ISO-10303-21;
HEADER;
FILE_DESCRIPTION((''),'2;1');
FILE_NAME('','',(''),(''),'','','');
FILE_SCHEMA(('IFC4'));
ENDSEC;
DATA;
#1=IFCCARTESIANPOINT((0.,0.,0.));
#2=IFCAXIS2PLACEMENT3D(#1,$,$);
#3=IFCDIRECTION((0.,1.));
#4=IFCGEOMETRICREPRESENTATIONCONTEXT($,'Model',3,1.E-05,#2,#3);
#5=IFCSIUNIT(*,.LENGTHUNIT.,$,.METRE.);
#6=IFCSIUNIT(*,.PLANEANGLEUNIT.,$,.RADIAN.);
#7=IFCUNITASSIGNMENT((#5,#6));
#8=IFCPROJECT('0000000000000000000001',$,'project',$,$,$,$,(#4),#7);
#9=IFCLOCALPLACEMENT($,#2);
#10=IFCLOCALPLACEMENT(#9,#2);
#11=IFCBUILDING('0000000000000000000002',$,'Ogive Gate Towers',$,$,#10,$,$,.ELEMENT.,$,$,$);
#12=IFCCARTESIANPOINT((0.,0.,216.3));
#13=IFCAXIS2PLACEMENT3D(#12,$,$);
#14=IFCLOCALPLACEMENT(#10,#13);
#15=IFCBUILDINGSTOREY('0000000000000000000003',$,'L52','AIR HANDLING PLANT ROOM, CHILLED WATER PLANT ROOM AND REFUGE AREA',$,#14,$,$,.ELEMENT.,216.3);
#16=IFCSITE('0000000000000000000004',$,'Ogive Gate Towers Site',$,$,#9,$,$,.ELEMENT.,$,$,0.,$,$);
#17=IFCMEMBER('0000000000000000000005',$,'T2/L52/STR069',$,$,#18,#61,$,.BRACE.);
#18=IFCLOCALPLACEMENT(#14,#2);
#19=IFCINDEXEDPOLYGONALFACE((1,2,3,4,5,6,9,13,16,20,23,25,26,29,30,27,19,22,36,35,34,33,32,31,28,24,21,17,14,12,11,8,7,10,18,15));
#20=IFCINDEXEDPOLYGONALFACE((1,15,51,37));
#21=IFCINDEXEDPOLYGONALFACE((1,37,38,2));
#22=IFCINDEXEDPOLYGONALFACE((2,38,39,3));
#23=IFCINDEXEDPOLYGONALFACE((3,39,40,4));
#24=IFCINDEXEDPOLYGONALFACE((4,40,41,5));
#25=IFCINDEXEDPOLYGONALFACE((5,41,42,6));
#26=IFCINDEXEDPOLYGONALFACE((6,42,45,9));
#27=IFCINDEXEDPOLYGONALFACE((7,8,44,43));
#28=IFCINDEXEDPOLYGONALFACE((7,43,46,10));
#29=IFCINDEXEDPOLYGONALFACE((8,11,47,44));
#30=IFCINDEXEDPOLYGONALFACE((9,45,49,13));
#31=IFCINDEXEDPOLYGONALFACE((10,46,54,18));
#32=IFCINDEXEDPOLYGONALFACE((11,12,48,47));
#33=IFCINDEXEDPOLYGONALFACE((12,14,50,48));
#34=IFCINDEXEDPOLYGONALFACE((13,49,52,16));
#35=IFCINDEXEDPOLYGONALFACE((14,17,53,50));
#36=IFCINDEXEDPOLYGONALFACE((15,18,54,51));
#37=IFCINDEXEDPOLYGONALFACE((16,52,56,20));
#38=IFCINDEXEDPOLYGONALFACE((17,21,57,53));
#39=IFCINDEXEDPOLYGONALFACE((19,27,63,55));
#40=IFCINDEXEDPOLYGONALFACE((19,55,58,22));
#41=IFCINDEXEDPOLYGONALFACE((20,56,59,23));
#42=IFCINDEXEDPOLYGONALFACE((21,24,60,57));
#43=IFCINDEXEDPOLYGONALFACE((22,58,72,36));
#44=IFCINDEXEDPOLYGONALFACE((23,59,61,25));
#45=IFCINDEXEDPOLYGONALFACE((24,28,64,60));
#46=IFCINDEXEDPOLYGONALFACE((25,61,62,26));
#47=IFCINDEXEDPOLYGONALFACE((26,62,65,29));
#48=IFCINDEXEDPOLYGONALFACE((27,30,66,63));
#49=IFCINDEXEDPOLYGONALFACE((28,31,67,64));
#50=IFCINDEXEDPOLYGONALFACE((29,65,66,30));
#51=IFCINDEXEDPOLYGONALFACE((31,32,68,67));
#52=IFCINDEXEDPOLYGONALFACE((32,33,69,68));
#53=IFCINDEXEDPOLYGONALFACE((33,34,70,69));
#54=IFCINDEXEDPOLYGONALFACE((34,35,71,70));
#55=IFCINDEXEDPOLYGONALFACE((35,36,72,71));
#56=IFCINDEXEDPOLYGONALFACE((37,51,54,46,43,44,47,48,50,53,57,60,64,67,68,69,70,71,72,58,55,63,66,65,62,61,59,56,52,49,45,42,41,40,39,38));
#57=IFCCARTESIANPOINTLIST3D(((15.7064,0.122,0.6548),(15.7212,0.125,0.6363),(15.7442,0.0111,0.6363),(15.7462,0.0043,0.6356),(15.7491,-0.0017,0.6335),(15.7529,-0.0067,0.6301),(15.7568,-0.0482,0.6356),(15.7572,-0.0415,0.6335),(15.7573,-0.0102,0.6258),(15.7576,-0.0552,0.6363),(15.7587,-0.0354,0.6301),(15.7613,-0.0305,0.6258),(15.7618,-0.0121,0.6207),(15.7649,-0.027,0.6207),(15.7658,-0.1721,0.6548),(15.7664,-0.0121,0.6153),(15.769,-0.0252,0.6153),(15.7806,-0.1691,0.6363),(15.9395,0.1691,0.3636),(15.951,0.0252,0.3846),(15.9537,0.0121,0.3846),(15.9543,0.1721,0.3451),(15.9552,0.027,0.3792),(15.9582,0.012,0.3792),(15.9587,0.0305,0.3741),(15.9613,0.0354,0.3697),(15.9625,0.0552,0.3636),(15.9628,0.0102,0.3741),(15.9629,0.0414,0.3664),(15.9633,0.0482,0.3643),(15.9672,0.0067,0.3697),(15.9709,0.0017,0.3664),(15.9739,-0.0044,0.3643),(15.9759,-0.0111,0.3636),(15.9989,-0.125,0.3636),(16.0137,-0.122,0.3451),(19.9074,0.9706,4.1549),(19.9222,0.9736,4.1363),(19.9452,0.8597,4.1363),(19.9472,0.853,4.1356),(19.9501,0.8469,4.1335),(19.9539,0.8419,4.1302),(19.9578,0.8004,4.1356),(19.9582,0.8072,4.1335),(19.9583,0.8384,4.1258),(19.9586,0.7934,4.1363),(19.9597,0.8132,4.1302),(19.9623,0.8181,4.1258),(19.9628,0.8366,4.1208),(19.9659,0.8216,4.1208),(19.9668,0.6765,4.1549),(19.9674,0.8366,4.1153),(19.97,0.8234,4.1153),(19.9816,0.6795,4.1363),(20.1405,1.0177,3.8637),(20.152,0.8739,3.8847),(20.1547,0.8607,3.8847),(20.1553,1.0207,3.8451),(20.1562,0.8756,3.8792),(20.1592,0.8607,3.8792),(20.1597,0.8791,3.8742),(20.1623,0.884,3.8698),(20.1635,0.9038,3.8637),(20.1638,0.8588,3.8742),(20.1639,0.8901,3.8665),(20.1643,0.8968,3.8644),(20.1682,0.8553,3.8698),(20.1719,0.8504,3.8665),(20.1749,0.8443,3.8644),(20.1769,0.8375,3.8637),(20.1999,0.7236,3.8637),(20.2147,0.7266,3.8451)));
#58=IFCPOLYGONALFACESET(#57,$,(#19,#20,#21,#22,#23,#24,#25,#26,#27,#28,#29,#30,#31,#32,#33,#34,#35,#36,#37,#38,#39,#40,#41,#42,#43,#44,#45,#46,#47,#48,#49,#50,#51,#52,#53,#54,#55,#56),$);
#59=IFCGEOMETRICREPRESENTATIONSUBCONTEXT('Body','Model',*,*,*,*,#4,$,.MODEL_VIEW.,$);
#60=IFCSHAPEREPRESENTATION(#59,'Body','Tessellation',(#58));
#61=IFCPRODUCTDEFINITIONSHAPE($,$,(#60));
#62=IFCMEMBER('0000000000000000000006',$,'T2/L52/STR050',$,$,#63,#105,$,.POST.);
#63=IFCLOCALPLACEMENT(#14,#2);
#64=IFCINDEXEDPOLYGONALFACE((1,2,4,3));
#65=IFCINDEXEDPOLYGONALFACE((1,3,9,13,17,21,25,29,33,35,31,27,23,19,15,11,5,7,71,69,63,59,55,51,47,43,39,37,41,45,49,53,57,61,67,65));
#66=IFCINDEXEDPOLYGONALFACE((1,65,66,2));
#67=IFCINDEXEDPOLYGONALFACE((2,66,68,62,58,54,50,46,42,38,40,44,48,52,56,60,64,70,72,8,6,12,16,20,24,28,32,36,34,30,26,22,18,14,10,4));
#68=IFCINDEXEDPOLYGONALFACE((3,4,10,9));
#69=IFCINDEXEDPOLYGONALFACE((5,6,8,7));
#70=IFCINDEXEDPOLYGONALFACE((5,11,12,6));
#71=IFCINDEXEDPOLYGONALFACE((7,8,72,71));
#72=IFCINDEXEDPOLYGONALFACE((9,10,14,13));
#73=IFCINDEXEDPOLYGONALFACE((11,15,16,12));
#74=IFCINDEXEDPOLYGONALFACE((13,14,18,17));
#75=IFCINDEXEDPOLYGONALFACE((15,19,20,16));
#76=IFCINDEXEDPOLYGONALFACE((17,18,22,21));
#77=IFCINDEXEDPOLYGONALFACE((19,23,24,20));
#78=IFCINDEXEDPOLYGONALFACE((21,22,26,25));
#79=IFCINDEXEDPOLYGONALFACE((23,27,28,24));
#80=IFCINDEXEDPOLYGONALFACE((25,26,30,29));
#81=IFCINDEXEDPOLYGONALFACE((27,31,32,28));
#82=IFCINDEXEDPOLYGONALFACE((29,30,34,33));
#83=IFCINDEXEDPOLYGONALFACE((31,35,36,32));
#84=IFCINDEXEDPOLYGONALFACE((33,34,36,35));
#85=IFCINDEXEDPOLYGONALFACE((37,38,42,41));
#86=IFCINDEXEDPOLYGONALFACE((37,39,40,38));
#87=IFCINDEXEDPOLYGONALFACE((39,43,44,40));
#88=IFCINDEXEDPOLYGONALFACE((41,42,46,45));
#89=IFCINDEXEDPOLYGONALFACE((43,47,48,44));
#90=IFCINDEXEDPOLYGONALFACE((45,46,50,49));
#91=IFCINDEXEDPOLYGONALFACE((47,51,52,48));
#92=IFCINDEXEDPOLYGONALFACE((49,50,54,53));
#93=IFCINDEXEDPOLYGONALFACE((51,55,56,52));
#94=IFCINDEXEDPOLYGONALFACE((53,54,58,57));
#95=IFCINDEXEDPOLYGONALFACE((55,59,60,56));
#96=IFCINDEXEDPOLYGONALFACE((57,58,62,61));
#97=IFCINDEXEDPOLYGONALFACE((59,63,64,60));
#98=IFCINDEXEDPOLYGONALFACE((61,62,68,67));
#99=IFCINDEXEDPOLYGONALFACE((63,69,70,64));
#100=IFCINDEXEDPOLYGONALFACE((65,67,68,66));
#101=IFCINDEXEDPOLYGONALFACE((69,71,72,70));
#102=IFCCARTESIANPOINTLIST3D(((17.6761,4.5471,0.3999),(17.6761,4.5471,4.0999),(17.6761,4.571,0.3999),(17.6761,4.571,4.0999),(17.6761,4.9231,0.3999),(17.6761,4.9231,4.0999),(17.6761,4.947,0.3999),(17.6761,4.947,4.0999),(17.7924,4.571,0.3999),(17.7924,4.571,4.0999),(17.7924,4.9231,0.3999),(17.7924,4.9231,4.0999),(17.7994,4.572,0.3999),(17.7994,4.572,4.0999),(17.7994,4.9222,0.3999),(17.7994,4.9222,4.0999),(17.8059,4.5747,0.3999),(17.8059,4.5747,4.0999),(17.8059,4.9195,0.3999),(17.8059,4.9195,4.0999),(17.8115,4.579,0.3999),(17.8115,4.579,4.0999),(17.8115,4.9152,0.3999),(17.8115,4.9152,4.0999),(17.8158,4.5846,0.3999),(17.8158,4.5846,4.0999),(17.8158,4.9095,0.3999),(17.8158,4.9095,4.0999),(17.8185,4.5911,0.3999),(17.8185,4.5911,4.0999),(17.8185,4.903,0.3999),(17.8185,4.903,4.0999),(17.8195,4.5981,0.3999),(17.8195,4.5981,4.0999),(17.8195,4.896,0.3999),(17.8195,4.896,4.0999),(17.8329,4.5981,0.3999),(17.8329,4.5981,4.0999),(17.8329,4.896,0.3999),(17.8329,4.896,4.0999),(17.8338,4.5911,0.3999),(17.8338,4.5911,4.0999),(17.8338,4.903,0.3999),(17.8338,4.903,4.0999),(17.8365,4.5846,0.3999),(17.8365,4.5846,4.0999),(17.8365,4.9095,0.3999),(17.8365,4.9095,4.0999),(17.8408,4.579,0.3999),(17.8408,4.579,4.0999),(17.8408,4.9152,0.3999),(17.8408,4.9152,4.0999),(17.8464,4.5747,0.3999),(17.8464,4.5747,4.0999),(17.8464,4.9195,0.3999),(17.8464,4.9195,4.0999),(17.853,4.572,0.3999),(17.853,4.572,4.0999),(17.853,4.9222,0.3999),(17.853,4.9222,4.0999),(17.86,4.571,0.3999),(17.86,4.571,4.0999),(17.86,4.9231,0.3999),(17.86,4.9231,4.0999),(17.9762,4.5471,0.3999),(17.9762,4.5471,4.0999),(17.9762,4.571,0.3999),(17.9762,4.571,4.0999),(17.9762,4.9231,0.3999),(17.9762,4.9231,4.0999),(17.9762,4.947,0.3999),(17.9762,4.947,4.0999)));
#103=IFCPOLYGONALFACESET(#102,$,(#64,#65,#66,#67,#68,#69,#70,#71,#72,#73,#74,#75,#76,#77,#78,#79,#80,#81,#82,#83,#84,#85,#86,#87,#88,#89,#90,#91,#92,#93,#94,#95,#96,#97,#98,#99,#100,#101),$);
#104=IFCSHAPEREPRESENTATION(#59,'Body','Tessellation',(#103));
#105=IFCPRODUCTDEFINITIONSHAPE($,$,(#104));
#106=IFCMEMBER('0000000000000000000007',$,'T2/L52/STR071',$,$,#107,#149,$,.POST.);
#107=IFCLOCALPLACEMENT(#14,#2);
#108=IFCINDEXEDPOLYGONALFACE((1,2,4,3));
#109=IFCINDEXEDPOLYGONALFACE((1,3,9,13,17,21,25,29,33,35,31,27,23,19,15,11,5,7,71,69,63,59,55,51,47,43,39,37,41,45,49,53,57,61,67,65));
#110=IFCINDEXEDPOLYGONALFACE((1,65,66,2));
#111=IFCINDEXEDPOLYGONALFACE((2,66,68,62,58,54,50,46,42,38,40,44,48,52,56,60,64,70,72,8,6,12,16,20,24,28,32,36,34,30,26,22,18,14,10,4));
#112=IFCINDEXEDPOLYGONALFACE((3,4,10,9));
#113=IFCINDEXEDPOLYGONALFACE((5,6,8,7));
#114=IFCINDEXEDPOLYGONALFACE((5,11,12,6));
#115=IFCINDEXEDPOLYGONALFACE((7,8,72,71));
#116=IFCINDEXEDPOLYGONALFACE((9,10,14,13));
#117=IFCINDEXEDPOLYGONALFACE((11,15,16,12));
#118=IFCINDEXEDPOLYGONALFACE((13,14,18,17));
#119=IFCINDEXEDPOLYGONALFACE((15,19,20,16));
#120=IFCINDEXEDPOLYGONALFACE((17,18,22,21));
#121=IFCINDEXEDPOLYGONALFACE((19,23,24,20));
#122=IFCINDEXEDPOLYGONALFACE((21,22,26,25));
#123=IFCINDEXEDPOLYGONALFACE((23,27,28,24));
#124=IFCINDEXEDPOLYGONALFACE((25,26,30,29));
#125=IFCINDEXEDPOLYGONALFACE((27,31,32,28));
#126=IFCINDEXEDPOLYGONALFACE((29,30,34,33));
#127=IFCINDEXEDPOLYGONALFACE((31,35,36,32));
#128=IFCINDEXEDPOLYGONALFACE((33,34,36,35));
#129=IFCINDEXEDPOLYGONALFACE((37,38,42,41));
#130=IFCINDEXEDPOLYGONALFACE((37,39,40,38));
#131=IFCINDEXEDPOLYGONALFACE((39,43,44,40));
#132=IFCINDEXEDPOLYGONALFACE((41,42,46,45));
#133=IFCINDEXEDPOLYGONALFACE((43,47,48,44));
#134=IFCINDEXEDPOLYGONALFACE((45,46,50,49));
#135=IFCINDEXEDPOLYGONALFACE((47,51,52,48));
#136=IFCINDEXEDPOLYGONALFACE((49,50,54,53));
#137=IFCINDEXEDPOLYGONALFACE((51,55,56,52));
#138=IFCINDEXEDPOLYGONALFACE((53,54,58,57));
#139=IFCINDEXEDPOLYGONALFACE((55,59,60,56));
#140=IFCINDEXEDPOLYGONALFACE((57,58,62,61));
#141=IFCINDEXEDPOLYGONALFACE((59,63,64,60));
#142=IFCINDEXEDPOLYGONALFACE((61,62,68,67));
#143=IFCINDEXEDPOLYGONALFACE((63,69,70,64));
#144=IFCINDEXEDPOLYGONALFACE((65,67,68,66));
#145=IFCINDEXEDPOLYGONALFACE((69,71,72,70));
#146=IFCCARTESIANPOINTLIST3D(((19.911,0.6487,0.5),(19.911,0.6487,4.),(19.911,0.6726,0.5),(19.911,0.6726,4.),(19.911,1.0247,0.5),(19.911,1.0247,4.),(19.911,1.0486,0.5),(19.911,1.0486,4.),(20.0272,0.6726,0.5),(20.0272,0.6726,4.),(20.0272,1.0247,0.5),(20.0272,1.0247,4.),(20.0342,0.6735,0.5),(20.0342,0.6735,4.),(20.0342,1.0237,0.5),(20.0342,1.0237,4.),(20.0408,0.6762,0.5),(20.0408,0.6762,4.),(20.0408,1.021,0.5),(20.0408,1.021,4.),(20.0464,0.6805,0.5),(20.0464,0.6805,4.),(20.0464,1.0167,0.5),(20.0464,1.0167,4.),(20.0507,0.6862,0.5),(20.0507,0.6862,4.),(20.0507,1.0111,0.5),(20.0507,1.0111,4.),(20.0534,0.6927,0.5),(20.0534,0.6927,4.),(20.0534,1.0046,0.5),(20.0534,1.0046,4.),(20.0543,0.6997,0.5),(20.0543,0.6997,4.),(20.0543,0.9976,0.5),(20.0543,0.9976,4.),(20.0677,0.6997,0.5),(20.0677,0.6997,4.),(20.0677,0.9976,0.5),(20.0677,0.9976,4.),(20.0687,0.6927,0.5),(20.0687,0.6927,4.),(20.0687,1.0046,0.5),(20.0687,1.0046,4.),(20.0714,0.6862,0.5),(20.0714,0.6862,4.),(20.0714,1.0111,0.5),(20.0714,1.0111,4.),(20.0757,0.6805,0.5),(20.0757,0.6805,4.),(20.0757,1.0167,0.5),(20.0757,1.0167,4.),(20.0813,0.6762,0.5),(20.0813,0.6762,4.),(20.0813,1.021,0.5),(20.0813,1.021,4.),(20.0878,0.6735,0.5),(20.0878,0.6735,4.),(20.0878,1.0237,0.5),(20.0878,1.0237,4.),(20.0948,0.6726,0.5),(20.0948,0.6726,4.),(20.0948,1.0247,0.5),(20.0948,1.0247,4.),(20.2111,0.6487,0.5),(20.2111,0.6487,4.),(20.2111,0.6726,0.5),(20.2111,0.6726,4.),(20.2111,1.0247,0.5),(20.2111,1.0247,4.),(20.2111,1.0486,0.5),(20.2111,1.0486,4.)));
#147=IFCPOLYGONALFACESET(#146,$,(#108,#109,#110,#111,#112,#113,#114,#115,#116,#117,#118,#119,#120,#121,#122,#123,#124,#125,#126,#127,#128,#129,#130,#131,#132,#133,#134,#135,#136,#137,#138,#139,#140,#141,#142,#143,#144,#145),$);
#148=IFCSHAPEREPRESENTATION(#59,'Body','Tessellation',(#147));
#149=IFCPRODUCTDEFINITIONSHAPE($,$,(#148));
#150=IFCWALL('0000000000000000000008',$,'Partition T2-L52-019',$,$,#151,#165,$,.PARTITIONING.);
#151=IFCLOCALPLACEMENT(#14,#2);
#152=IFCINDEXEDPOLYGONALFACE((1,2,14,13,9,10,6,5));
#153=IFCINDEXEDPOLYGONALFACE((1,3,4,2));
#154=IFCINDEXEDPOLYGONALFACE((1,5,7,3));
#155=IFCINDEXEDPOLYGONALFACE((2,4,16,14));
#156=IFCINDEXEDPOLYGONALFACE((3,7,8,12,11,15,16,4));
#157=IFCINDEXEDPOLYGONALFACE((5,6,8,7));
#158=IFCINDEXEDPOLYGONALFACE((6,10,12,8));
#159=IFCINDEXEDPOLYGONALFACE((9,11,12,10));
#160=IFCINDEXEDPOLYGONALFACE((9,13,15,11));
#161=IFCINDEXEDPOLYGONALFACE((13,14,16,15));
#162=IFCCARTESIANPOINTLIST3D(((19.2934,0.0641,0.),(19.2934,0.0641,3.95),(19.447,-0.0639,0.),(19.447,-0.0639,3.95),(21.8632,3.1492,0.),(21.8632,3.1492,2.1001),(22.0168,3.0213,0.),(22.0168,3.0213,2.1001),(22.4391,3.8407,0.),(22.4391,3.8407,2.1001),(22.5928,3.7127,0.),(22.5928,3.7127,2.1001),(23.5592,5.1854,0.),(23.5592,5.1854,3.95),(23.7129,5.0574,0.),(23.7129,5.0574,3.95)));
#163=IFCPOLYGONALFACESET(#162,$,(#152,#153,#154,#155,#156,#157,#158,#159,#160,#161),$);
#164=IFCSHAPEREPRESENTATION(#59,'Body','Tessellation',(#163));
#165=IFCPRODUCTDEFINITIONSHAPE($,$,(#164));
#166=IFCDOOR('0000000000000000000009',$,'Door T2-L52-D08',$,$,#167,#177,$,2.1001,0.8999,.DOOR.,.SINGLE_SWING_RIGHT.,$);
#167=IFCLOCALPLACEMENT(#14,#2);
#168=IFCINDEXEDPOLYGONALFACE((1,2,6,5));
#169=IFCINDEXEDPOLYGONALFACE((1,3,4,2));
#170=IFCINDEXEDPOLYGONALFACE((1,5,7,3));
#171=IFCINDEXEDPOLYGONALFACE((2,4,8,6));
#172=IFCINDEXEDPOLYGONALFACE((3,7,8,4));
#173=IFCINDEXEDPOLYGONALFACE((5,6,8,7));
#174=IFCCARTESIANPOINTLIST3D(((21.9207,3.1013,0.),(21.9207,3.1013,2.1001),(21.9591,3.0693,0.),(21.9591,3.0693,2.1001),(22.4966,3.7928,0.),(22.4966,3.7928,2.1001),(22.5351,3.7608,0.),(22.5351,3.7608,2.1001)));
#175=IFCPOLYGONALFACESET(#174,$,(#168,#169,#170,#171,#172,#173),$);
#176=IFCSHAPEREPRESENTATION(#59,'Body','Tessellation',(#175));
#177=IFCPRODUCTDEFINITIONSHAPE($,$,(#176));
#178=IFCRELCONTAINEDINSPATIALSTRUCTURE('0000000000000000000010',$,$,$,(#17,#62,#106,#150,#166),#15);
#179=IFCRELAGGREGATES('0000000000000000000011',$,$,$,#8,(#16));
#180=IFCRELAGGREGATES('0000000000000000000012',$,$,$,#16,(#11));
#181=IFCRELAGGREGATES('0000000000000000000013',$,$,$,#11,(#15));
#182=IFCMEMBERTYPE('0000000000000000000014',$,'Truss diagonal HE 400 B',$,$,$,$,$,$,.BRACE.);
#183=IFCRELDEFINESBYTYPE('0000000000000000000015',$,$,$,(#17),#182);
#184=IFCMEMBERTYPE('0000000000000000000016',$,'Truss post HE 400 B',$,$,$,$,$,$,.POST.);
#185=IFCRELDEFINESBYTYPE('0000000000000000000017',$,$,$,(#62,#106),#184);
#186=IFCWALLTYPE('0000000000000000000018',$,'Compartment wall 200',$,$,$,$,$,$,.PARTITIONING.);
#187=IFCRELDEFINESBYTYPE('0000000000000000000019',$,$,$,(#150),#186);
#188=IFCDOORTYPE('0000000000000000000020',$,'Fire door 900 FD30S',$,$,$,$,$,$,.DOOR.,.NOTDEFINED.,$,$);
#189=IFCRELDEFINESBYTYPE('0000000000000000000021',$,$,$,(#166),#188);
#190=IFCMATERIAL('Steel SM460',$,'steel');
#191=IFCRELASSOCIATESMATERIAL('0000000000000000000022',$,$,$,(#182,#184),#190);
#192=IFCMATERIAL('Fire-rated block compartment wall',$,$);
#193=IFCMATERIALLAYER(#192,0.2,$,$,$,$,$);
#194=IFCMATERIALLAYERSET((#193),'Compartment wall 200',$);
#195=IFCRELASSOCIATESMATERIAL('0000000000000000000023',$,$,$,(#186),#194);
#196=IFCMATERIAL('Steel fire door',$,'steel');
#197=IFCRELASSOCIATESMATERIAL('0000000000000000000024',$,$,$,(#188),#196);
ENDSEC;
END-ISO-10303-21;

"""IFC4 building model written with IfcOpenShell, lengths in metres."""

from ifc_helpers import new_model, si_unit, direction, frame, frame_2d, origin, origin_2d, place, context, subcontext, project, spatial, rectangle, i_section, extrude, material, layer, layer_set, material_profile, profile_set, type_object, element, fill, save


model = new_model("IFC4")

# Units and contexts
model_context = context("Model", 3, precision=1e-05, world=origin(), true_north=direction((0.0, 1.0)))
body_context = subcontext(model_context, "Body", "Model", "MODEL_VIEW")
ifc_project = project(units=[si_unit("LENGTHUNIT", "METRE"), si_unit("PLANEANGLEUNIT", "RADIAN")], contexts=[model_context])

# Site, building, storey
site_placement = place(None, origin())
site = spatial("IfcSite", under=ifc_project, at=site_placement, Name="Ogive Gate Towers Site", CompositionType="ELEMENT", RefElevation=0.0)
building_placement = place(site_placement, origin())
building = spatial("IfcBuilding", under=site, at=building_placement, Name="Ogive Gate Towers", CompositionType="ELEMENT")
storey_placement = place(building_placement, frame((0.0, 0.0, 216.3)))
storey = spatial("IfcBuildingStorey", under=building, at=storey_placement, Name="L52", Description="AIR HANDLING PLANT ROOM, CHILLED WATER PLANT ROOM AND REFUGE AREA", CompositionType="ELEMENT", Elevation=216.3)

# Shared definitions
ifc_material_1 = material(Name="Steel SM460", Category="steel")

# Members
ifc_material_profile_1 = material_profile(ifc_material_1, i_section(OverallWidth=0.3, OverallDepth=0.3999, WebThickness=0.0134, FlangeThickness=0.0239, FilletRadius=0.0271, at=origin_2d()), Name="HE 400 B")
ifc_profile_set_1 = profile_set([ifc_material_profile_1], Name="Steel SM460")
member_type_1 = type_object("IfcMemberType", Name="Truss diagonal HE 400 B", PredefinedType="BRACE", material=ifc_profile_set_1)
member_1_placement = place(storey_placement, frame((20.061, 0.8486, 4.0), z_axis=(-0.759201, -0.153367, -0.632528), x_axis=(0.198011, -0.9802, 0.0)))
element("IfcMember", 1, at=member_1_placement, inside=storey, type_object=member_type_1, Name="T2/L52/STR069", PredefinedType="BRACE", context=body_context, shape_type="SweptSolid", body=[
    extrude(i_section(OverallWidth=0.3, OverallDepth=0.3999, WebThickness=0.0134, FlangeThickness=0.0239, FilletRadius=0.0271, at=origin_2d()), origin(), (0.0, 0.0, 1.0), 5.5334),
])
ifc_material_profile_2 = material_profile(ifc_material_1, i_section(OverallWidth=0.3, OverallDepth=0.3999, WebThickness=0.0134, FlangeThickness=0.0239, FilletRadius=0.0271, at=origin_2d()), Name="HE 400 B")
ifc_profile_set_2 = profile_set([ifc_material_profile_2], Name="Steel SM460")
member_type_2 = type_object("IfcMemberType", Name="Truss post HE 400 B", PredefinedType="POST", material=ifc_profile_set_2)
member_2_placement = place(storey_placement, frame((17.8262, 4.7471, 0.3999), z_axis=(0.0, 0.0, 1.0), x_axis=(1.0, 0.0, 0.0)))
element("IfcMember", 2, at=member_2_placement, inside=storey, type_object=member_type_2, Name="T2/L52/STR050", PredefinedType="POST", context=body_context, shape_type="SweptSolid", body=[
    extrude(i_section(OverallWidth=0.3, OverallDepth=0.3999, WebThickness=0.0134, FlangeThickness=0.0239, FilletRadius=0.0271, at=origin_2d()), origin(), (0.0, 0.0, 1.0), 3.7),
])
member_3_placement = place(storey_placement, frame((20.061, 0.8486, 0.5), z_axis=(0.0, 0.0, 1.0), x_axis=(1.0, 0.0, 0.0)))
element("IfcMember", 3, at=member_3_placement, inside=storey, type_object=member_type_2, Name="T2/L52/STR071", PredefinedType="POST", context=body_context, shape_type="SweptSolid", body=[
    extrude(i_section(OverallWidth=0.3, OverallDepth=0.3999, WebThickness=0.0134, FlangeThickness=0.0239, FilletRadius=0.0271, at=origin_2d()), origin(), (0.0, 0.0, 1.0), 3.5),
])

# Wall, opening, door
ifc_material_2 = material(Name="Fire-rated block compartment wall")
ifc_layer_1 = layer(ifc_material_2, 0.2)
ifc_layer_set_1 = layer_set([ifc_layer_1], Name="Compartment wall 200")
wall_type_1 = type_object("IfcWallType", Name="Compartment wall 200", PredefinedType="PARTITIONING", material=ifc_layer_set_1)
wall_1_placement = place(storey_placement, frame((23.636, 5.1213, 0.0), z_axis=(0.0, 0.0, 1.0), x_axis=(-0.640015, -0.768362, 0.0)))
wall_1 = element("IfcWall", 4, at=wall_1_placement, inside=storey, type_object=wall_type_1, Name="Partition T2-L52-019", PredefinedType="PARTITIONING", context=body_context, shape_type="SweptSolid", body=[
    extrude(rectangle(XDim=6.6653, YDim=0.2, at=frame_2d((3.3325, 0.0))), origin(), (0.0, 0.0, 1.0), 3.95),
])
opening_1_placement = place(wall_1_placement, frame((1.75, 0.0, 0.0)))
opening_1 = element("IfcOpeningElement", 5, at=opening_1_placement, cuts=wall_1, PredefinedType="OPENING", context=body_context, shape_type="SweptSolid", body=[
    extrude(rectangle(XDim=0.8999, YDim=2.1001, at=frame_2d((0.45, 1.05))), frame((0.0, 0.1099, 0.0), z_axis=(0.0, -1.0, 0.0), x_axis=(1.0, 0.0, 0.0)), (0.0, 0.0, 1.0), 0.22),
])
ifc_material_3 = material(Name="Steel fire door", Category="steel")
door_type_1 = type_object("IfcDoorType", Name="Fire door 900 FD30S", OperationType="NOTDEFINED", PredefinedType="DOOR", material=ifc_material_3)
door_1_placement = place(opening_1_placement, origin())
door_1 = element("IfcDoor", 6, at=door_1_placement, inside=storey, type_object=door_type_1, Name="Door T2-L52-D08", OperationType="SINGLE_SWING_RIGHT", OverallHeight=2.1001, OverallWidth=0.8999, PredefinedType="DOOR", context=body_context, shape_type="SweptSolid", body=[
    extrude(rectangle(XDim=0.8999, YDim=2.1001, at=frame_2d((0.45, 1.05))), frame((0.0, 0.0249, 0.0), z_axis=(0.0, -1.0, 0.0), x_axis=(1.0, 0.0, 0.0)), (0.0, 0.0, 1.0), 0.05),
])
fill(opening_1, door_1)

save(model, "model.ifc")
